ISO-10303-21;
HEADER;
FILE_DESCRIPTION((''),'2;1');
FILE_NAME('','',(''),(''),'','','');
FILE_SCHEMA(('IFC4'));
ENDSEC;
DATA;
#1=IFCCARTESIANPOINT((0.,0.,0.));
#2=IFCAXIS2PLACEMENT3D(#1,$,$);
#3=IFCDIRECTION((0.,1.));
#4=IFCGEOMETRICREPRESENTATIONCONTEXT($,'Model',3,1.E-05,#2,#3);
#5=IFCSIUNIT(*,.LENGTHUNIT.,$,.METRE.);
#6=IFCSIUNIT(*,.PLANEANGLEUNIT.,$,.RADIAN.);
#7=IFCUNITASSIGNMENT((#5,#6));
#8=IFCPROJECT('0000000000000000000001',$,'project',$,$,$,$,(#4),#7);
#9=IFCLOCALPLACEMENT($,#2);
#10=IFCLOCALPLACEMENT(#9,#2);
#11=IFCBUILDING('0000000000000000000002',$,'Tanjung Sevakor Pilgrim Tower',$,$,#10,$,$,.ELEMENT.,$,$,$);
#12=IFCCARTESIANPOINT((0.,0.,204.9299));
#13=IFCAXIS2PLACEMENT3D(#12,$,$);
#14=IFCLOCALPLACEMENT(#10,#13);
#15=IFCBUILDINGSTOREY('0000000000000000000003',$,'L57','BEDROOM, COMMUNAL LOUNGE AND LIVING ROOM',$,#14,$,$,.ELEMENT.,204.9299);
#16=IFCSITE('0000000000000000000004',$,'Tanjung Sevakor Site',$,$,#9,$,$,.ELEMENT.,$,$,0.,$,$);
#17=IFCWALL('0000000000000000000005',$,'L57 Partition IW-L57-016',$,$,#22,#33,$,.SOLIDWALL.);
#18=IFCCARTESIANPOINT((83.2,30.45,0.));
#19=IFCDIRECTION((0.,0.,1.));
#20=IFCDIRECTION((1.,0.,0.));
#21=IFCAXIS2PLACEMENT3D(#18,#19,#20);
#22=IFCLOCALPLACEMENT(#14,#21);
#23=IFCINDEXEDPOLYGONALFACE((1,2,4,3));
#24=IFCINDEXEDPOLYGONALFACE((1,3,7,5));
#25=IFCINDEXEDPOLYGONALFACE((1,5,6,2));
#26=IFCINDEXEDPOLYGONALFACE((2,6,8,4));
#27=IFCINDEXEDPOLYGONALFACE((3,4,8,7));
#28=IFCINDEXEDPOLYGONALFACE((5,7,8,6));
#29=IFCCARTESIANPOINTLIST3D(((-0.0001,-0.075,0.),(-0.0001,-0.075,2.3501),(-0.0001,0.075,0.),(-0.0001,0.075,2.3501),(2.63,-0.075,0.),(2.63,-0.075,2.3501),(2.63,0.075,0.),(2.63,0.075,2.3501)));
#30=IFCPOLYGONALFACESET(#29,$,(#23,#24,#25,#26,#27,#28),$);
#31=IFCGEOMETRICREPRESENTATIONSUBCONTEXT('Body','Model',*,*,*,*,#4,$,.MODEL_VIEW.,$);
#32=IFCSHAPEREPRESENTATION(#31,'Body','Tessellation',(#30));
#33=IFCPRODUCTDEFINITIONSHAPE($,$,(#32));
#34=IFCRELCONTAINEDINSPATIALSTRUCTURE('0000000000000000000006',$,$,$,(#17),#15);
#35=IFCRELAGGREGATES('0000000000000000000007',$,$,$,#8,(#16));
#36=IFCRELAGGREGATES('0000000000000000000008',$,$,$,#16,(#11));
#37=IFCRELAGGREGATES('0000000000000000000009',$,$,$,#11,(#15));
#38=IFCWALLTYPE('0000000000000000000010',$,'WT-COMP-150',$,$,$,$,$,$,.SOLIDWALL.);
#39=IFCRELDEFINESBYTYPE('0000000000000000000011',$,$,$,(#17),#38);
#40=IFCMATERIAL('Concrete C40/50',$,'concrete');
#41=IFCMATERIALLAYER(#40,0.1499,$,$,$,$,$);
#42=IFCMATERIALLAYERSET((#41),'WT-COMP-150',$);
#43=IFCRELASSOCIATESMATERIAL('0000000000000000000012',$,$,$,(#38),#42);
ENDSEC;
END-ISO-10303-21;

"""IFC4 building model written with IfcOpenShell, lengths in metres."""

from ifc_helpers import new_model, si_unit, direction, frame, frame_2d, origin, place, context, subcontext, project, spatial, rectangle, extrude, material, layer, layer_set, type_object, element, save


model = new_model("IFC4")

# Units and contexts
model_context = context("Model", 3, precision=1e-05, world=origin(), true_north=direction((0.0, 1.0)))
body_context = subcontext(model_context, "Body", "Model", "MODEL_VIEW")
ifc_project = project(units=[si_unit("LENGTHUNIT", "METRE"), si_unit("PLANEANGLEUNIT", "RADIAN")], contexts=[model_context])

# Site, building, storey
site_placement = place(None, origin())
site = spatial("IfcSite", under=ifc_project, at=site_placement, Name="Tanjung Sevakor Site", CompositionType="ELEMENT", RefElevation=0.0)
building_placement = place(site_placement, origin())
building = spatial("IfcBuilding", under=site, at=building_placement, Name="Tanjung Sevakor Pilgrim Tower", CompositionType="ELEMENT")
storey_placement = place(building_placement, frame((0.0, 0.0, 204.9299)))
storey = spatial("IfcBuildingStorey", under=building, at=storey_placement, Name="L57", Description="BEDROOM, COMMUNAL LOUNGE AND LIVING ROOM", CompositionType="ELEMENT", Elevation=204.9299)

# Wall
ifc_material_1 = material(Name="Concrete C40/50", Category="concrete")
ifc_layer_1 = layer(ifc_material_1, 0.1499)
ifc_layer_set_1 = layer_set([ifc_layer_1], Name="WT-COMP-150")
wall_type_1 = type_object("IfcWallType", Name="WT-COMP-150", PredefinedType="SOLIDWALL", material=ifc_layer_set_1)
wall_1_placement = place(storey_placement, frame((83.2, 30.45, 0.0), z_axis=(0.0, 0.0, 1.0), x_axis=(1.0, 0.0, 0.0)))
element("IfcWall", 1, at=wall_1_placement, inside=storey, type_object=wall_type_1, Name="L57 Partition IW-L57-016", PredefinedType="SOLIDWALL", context=body_context, shape_type="SweptSolid", body=[
    extrude(rectangle(XDim=2.6301, YDim=0.1499, at=frame_2d((1.3149, 0.0))), origin(), (0.0, 0.0, 1.0), 2.3501),
])

save(model, "model.ifc")
